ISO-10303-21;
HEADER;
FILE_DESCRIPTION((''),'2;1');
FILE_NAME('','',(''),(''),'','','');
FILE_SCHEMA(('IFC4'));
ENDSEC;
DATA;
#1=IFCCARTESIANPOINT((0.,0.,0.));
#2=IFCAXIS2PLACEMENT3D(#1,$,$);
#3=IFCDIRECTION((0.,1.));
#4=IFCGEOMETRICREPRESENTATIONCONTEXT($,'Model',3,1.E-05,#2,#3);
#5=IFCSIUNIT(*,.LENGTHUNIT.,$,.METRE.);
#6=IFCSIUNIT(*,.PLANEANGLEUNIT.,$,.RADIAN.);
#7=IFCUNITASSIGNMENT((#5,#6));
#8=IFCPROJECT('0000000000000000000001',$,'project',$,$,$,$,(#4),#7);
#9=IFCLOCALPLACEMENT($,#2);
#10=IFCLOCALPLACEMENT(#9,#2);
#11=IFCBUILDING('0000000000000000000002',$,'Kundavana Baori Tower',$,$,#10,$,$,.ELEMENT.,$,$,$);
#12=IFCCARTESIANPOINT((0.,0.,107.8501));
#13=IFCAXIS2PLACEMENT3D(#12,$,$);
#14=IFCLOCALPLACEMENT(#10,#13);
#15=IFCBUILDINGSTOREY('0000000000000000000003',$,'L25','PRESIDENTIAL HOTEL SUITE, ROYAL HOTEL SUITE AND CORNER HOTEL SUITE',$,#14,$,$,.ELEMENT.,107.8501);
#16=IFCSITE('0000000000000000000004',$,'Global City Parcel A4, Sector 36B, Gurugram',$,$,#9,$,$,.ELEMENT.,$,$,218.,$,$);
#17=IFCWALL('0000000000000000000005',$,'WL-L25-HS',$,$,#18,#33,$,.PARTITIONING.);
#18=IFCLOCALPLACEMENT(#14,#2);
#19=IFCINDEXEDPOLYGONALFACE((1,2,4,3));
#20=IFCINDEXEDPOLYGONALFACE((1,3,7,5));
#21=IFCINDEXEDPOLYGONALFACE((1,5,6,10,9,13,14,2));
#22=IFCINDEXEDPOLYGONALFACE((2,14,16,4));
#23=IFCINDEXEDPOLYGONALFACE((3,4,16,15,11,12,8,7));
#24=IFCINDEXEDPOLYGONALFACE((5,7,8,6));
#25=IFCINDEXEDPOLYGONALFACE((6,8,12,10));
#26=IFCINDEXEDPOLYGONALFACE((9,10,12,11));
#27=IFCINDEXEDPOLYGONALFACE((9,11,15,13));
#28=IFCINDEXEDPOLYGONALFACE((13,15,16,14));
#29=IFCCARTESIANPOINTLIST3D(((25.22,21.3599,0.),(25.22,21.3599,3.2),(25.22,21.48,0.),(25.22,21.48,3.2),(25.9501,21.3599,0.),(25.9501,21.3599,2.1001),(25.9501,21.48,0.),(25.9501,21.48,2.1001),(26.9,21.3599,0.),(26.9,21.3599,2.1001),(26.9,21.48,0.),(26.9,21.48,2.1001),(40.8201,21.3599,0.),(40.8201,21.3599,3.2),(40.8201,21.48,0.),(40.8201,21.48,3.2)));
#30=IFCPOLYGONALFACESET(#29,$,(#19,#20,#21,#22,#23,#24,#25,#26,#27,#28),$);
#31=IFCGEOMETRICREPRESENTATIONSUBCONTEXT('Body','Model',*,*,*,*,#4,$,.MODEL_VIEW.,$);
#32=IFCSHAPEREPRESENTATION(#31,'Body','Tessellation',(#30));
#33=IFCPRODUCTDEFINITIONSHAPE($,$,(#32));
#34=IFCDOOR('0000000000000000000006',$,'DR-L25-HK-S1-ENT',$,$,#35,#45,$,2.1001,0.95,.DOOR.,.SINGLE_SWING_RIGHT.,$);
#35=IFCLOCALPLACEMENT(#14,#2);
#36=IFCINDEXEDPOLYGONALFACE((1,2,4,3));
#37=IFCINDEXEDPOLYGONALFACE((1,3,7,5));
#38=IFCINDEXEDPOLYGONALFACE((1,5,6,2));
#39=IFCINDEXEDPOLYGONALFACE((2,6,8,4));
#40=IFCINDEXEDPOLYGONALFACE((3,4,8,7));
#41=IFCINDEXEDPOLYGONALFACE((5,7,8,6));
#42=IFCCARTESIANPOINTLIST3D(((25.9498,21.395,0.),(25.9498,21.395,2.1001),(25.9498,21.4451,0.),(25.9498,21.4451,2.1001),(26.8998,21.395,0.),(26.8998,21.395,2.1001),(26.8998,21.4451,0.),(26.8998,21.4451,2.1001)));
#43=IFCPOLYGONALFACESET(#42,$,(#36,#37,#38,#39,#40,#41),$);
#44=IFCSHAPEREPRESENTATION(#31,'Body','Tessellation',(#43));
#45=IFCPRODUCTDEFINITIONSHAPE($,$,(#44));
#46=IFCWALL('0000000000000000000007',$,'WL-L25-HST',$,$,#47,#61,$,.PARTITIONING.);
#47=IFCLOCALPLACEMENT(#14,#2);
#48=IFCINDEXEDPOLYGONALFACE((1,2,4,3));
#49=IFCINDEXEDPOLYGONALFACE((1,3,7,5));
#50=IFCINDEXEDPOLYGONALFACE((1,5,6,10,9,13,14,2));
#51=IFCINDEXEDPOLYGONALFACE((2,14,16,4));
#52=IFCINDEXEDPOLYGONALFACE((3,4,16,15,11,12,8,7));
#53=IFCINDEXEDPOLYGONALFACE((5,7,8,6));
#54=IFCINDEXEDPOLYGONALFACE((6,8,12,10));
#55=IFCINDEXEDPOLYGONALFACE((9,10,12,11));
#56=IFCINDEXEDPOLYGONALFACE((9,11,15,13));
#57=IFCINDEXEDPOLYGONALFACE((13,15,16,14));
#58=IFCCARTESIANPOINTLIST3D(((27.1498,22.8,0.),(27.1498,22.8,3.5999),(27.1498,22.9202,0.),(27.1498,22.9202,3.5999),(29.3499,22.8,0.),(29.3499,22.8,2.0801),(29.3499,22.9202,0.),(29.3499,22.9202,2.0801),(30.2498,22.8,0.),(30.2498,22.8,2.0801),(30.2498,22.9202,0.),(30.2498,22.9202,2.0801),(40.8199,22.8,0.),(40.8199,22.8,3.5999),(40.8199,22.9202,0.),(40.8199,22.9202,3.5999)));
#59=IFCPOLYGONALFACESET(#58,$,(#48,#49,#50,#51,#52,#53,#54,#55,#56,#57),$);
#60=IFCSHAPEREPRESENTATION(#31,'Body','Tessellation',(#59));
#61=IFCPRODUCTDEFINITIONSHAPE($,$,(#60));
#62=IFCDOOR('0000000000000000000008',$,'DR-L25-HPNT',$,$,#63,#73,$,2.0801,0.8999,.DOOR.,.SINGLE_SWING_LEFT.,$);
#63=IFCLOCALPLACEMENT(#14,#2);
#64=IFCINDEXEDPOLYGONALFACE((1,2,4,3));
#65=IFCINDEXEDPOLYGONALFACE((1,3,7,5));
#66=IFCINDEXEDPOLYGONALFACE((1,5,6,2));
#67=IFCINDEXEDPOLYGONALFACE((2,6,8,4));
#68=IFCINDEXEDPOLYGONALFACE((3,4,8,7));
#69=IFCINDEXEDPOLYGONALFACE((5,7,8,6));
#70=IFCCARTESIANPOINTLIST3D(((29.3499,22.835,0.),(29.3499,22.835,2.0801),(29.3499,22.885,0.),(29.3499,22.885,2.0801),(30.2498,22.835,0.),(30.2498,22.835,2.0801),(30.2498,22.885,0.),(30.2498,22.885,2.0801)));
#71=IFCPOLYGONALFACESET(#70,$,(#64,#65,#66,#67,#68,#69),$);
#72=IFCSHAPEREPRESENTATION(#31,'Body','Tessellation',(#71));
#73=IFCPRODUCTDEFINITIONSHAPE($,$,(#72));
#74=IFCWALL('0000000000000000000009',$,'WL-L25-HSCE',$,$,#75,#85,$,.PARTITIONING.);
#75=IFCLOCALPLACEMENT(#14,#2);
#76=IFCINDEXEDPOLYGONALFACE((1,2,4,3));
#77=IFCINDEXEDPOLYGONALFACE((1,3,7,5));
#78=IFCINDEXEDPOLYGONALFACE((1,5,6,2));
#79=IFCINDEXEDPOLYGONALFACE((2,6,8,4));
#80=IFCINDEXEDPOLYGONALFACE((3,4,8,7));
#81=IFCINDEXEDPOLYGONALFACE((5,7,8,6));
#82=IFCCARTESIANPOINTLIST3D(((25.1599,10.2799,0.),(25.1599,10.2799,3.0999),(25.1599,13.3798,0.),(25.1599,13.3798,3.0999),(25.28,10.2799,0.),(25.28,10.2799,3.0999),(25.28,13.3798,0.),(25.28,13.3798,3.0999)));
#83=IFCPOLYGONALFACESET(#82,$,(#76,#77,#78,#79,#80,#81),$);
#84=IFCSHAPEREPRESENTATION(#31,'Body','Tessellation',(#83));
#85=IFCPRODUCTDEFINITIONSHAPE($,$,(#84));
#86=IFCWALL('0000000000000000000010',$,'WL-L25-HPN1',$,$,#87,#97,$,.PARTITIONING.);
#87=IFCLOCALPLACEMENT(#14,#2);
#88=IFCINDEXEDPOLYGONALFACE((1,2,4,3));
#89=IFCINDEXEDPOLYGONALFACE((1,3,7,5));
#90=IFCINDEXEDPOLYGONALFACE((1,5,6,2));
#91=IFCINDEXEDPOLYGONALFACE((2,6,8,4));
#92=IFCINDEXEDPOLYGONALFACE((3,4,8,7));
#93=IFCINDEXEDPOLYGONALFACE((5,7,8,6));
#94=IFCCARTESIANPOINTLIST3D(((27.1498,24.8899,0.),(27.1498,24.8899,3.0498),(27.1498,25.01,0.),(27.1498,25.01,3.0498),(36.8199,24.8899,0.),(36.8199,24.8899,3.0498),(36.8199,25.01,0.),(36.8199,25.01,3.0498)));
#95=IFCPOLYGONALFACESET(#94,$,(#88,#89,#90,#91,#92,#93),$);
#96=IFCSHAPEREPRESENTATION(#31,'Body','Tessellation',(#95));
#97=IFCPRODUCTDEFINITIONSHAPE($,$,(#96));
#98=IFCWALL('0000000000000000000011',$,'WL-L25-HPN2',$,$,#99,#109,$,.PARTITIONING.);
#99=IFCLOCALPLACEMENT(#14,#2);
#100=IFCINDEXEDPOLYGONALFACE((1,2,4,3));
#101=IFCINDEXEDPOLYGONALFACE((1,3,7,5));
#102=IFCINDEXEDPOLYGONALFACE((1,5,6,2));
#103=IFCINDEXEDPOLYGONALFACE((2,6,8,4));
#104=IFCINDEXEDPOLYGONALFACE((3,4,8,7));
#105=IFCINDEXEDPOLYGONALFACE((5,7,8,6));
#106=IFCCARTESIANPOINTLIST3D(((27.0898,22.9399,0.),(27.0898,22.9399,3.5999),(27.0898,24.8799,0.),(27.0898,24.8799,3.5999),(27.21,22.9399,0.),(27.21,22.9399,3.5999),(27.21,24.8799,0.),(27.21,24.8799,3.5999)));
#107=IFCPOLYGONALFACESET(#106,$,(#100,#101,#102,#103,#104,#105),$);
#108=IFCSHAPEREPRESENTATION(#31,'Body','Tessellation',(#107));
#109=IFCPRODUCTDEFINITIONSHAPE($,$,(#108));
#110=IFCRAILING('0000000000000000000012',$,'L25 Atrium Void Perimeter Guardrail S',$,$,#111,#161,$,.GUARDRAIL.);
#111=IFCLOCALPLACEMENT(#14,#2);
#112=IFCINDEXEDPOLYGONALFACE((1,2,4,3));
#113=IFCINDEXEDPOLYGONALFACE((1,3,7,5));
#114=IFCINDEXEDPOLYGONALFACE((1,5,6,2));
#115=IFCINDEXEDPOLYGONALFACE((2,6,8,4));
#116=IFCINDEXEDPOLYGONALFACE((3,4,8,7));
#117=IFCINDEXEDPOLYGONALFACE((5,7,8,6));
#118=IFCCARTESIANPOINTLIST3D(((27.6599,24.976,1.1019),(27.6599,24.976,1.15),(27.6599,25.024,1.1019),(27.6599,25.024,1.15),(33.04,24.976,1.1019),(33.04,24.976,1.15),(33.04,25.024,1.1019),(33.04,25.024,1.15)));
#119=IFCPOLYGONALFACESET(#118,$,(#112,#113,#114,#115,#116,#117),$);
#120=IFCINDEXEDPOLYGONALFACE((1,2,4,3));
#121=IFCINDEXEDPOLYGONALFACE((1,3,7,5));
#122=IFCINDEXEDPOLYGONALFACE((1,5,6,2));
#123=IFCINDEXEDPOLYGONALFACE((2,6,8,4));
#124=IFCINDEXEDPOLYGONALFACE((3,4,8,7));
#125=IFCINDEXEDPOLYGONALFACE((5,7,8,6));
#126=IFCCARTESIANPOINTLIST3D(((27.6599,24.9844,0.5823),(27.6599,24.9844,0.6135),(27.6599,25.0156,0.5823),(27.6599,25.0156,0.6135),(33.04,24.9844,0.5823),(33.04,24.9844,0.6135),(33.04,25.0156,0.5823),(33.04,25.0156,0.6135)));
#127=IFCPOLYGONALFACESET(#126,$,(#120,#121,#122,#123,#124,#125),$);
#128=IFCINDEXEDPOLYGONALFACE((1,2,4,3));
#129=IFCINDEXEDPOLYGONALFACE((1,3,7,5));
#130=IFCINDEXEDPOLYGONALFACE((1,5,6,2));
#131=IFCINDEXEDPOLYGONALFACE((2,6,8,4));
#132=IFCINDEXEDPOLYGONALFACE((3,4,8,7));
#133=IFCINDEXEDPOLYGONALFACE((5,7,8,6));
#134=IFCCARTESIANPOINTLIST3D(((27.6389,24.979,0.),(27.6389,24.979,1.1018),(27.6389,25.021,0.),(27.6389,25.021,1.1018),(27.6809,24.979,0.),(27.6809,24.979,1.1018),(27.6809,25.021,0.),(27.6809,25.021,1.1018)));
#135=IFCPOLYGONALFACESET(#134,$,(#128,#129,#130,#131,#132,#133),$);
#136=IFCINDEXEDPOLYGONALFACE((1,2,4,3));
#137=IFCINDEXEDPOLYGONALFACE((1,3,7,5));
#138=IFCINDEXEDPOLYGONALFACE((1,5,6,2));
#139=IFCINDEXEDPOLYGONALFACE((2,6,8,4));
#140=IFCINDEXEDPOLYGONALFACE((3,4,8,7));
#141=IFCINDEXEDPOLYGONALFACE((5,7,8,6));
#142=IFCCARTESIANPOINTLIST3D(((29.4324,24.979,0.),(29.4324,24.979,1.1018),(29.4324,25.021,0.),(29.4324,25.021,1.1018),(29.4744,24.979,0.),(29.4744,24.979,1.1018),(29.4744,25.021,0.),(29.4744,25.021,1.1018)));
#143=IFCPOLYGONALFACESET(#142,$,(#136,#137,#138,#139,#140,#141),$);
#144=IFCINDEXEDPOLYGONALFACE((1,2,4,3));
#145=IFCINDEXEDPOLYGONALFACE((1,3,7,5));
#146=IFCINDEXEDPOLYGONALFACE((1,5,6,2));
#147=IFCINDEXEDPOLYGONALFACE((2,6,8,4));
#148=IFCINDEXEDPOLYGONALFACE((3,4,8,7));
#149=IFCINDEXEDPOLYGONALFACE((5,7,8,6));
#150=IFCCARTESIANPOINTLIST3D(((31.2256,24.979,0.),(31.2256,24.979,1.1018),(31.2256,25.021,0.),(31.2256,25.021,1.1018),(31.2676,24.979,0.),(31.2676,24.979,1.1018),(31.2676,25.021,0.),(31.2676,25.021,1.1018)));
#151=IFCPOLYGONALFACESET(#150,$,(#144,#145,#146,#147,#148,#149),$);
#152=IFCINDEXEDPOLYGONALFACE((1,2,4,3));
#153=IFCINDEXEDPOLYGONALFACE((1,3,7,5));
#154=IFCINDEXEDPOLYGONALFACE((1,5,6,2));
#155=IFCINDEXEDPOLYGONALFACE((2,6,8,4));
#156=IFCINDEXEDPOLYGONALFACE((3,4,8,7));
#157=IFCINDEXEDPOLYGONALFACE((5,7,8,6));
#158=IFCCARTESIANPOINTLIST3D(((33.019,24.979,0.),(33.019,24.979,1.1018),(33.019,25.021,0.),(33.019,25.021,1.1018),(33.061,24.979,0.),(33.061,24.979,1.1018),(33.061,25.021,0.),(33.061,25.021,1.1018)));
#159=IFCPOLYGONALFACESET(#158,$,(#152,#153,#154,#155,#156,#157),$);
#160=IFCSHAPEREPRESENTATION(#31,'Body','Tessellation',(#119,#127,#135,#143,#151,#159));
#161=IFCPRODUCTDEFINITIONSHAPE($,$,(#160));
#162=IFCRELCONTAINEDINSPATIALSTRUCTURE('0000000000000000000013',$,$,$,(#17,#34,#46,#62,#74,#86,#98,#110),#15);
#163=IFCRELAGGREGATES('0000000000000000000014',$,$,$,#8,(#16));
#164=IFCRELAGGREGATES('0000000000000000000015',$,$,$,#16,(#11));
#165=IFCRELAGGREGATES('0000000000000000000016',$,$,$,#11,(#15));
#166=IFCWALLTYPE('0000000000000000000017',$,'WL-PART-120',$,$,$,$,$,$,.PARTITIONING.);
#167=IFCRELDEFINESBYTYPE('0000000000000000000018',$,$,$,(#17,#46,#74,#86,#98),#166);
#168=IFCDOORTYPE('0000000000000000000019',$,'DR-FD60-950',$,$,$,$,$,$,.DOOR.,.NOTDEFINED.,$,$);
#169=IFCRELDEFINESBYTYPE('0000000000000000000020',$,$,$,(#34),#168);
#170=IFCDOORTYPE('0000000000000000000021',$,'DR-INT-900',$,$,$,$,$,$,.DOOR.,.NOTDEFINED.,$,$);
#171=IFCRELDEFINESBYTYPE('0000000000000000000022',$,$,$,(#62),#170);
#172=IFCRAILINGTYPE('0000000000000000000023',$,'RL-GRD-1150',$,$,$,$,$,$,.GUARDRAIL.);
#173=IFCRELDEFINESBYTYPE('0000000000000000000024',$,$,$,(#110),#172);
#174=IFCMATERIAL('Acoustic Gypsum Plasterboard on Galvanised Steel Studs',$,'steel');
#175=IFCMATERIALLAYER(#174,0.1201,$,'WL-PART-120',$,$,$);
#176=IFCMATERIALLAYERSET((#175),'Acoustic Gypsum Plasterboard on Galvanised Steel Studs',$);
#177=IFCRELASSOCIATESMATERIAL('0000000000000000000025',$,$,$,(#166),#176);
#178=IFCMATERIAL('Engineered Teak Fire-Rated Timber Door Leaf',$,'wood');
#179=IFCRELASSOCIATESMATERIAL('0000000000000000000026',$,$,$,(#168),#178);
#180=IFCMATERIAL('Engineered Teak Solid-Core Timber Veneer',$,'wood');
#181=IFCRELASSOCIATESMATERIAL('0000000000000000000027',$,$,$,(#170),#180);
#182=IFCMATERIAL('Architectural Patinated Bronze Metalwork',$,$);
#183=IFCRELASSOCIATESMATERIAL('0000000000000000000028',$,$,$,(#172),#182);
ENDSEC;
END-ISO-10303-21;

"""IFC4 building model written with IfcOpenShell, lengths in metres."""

from ifc_helpers import new_model, si_unit, direction, frame, frame_2d, origin, origin_2d, place, context, subcontext, project, spatial, rectangle, extrude, material, layer, layer_set, type_object, element, fill, save


model = new_model("IFC4")

# Units and contexts
model_context = context("Model", 3, precision=1e-05, world=origin(), true_north=direction((0.0, 1.0)))
body_context = subcontext(model_context, "Body", "Model", "MODEL_VIEW")
ifc_project = project(units=[si_unit("LENGTHUNIT", "METRE"), si_unit("PLANEANGLEUNIT", "RADIAN")], contexts=[model_context])

# Site, building, storey
site_placement = place(None, origin())
site = spatial("IfcSite", under=ifc_project, at=site_placement, Name="Global City Parcel A4, Sector 36B, Gurugram", CompositionType="ELEMENT", RefElevation=218.0)
building_placement = place(site_placement, origin())
building = spatial("IfcBuilding", under=site, at=building_placement, Name="Kundavana Baori Tower", CompositionType="ELEMENT")
storey_placement = place(building_placement, frame((0.0, 0.0, 107.8501)))
storey = spatial("IfcBuildingStorey", under=building, at=storey_placement, Name="L25", Description="PRESIDENTIAL HOTEL SUITE, ROYAL HOTEL SUITE AND CORNER HOTEL SUITE", CompositionType="ELEMENT", Elevation=107.8501)

# Walls, openings, doors
ifc_material_1 = material(Name="Acoustic Gypsum Plasterboard on Galvanised Steel Studs", Category="steel")
ifc_layer = layer(ifc_material_1, 0.1201, Name="WL-PART-120")
ifc_layer_set = layer_set([ifc_layer], Name="Acoustic Gypsum Plasterboard on Galvanised Steel Studs")
wall_type = type_object("IfcWallType", Name="WL-PART-120", PredefinedType="PARTITIONING", material=ifc_layer_set)
wall_1_placement = place(storey_placement, frame((25.22, 21.4199, 0.0), z_axis=(0.0, 0.0, 1.0), x_axis=(1.0, 0.0, 0.0)))
wall_1 = element("IfcWall", 1, at=wall_1_placement, inside=storey, type_object=wall_type, Name="WL-L25-HS", PredefinedType="PARTITIONING", context=body_context, shape_type="SweptSolid", body=[
    extrude(rectangle(XDim=15.6001, YDim=0.1201, at=frame_2d((7.8, 0.0))), origin(), (0.0, 0.0, 1.0), 3.2),
])
opening_1_placement = place(wall_1_placement, frame((0.73, 0.0, 0.0)))
opening_1 = element("IfcOpeningElement", 2, at=opening_1_placement, cuts=wall_1, PredefinedType="OPENING", context=body_context, shape_type="SweptSolid", body=[
    extrude(rectangle(XDim=0.95, YDim=2.1001, at=frame_2d((0.4751, 1.05))), frame((0.0, 0.0701, 0.0), z_axis=(0.0, -1.0, 0.0), x_axis=(1.0, 0.0, 0.0)), (0.0, 0.0, 1.0), 0.1401),
])
ifc_material_2 = material(Name="Engineered Teak Fire-Rated Timber Door Leaf", Category="wood")
door_type_1 = type_object("IfcDoorType", Name="DR-FD60-950", OperationType="NOTDEFINED", PredefinedType="DOOR", material=ifc_material_2)
door_1_placement = place(opening_1_placement, frame((0.95, 0.0, 0.0), z_axis=(0.0, 0.0, 1.0), x_axis=(-1.0, 0.0, 0.0)))
door_1 = element("IfcDoor", 3, at=door_1_placement, inside=storey, type_object=door_type_1, Name="DR-L25-HK-S1-ENT", OperationType="SINGLE_SWING_RIGHT", OverallHeight=2.1001, OverallWidth=0.95, PredefinedType="DOOR", context=body_context, shape_type="SweptSolid", body=[
    extrude(rectangle(XDim=0.95, YDim=2.1001, at=frame_2d((0.4751, 1.05))), frame((0.0, 0.0249, 0.0), z_axis=(0.0, -1.0, 0.0), x_axis=(1.0, 0.0, 0.0)), (0.0, 0.0, 1.0), 0.05),
])
fill(opening_1, door_1)
wall_2_placement = place(storey_placement, frame((27.1499, 22.8601, 0.0), z_axis=(0.0, 0.0, 1.0), x_axis=(1.0, 0.0, 0.0)))
wall_2 = element("IfcWall", 4, at=wall_2_placement, inside=storey, type_object=wall_type, Name="WL-L25-HST", PredefinedType="PARTITIONING", context=body_context, shape_type="SweptSolid", body=[
    extrude(rectangle(XDim=13.6702, YDim=0.1201, at=frame_2d((6.835, 0.0))), origin(), (0.0, 0.0, 1.0), 3.5999),
])
opening_2_placement = place(wall_2_placement, frame((2.2, 0.0, 0.0)))
opening_2 = element("IfcOpeningElement", 5, at=opening_2_placement, cuts=wall_2, PredefinedType="OPENING", context=body_context, shape_type="SweptSolid", body=[
    extrude(rectangle(XDim=0.8999, YDim=2.0801, at=frame_2d((0.45, 1.04))), frame((0.0, 0.0701, 0.0), z_axis=(0.0, -1.0, 0.0), x_axis=(1.0, 0.0, 0.0)), (0.0, 0.0, 1.0), 0.1401),
])
ifc_material_3 = material(Name="Engineered Teak Solid-Core Timber Veneer", Category="wood")
door_type_2 = type_object("IfcDoorType", Name="DR-INT-900", OperationType="NOTDEFINED", PredefinedType="DOOR", material=ifc_material_3)
door_2_placement = place(opening_2_placement, origin())
door_2 = element("IfcDoor", 6, at=door_2_placement, inside=storey, type_object=door_type_2, Name="DR-L25-HPNT", OperationType="SINGLE_SWING_LEFT", OverallHeight=2.0801, OverallWidth=0.8999, PredefinedType="DOOR", context=body_context, shape_type="SweptSolid", body=[
    extrude(rectangle(XDim=0.8999, YDim=2.0801, at=frame_2d((0.45, 1.04))), frame((0.0, 0.0249, 0.0), z_axis=(0.0, -1.0, 0.0), x_axis=(1.0, 0.0, 0.0)), (0.0, 0.0, 1.0), 0.05),
])
fill(opening_2, door_2)

# Walls
wall_3_placement = place(storey_placement, frame((25.22, 10.28, 0.0), z_axis=(0.0, 0.0, 1.0), x_axis=(0.0, 1.0, 0.0)))
element("IfcWall", 7, at=wall_3_placement, inside=storey, type_object=wall_type, Name="WL-L25-HSCE", PredefinedType="PARTITIONING", context=body_context, shape_type="SweptSolid", body=[
    extrude(rectangle(XDim=3.0999, YDim=0.1201, at=frame_2d((1.5498, 0.0))), origin(), (0.0, 0.0, 1.0), 3.0999),
])
wall_4_placement = place(storey_placement, frame((27.1499, 24.95, 0.0), z_axis=(0.0, 0.0, 1.0), x_axis=(1.0, 0.0, 0.0)))
element("IfcWall", 8, at=wall_4_placement, inside=storey, type_object=wall_type, Name="WL-L25-HPN1", PredefinedType="PARTITIONING", context=body_context, shape_type="SweptSolid", body=[
    extrude(rectangle(XDim=9.6702, YDim=0.1201, at=frame_2d((4.835, 0.0))), origin(), (0.0, 0.0, 1.0), 3.0498),
])
wall_5_placement = place(storey_placement, frame((27.1499, 22.9399, 0.0), z_axis=(0.0, 0.0, 1.0), x_axis=(0.0, 1.0, 0.0)))
element("IfcWall", 9, at=wall_5_placement, inside=storey, type_object=wall_type, Name="WL-L25-HPN2", PredefinedType="PARTITIONING", context=body_context, shape_type="SweptSolid", body=[
    extrude(rectangle(XDim=1.9399, YDim=0.1201, at=frame_2d((0.97, 0.0))), origin(), (0.0, 0.0, 1.0), 3.5999),
])

# Railing
ifc_material_4 = material(Name="Architectural Patinated Bronze Metalwork")
railing_type = type_object("IfcRailingType", Name="RL-GRD-1150", PredefinedType="GUARDRAIL", material=ifc_material_4)
railing_1_placement = place(storey_placement, frame((27.6599, 25.0, 0.0)))
element("IfcRailing", 10, at=railing_1_placement, inside=storey, type_object=railing_type, Name="L25 Atrium Void Perimeter Guardrail S", PredefinedType="GUARDRAIL", context=body_context, shape_type="SweptSolid", body=[
    extrude(rectangle(XDim=0.0481, YDim=0.0481, at=origin_2d()), frame((0.0, 0.0, 1.126), z_axis=(1.0, 0.0, 0.0), x_axis=(0.0, 1.0, 0.0)), (0.0, 0.0, 1.0), 5.3801),
    extrude(rectangle(XDim=0.0312, YDim=0.0312, at=origin_2d()), frame((0.0, 0.0, 0.5979), z_axis=(1.0, 0.0, 0.0), x_axis=(0.0, 1.0, 0.0)), (0.0, 0.0, 1.0), 5.3801),
    extrude(rectangle(XDim=0.042, YDim=0.042, at=origin_2d()), origin(), (0.0, 0.0, 1.0), 1.1018),
    extrude(rectangle(XDim=0.042, YDim=0.042, at=origin_2d()), frame((1.7935, 0.0, 0.0)), (0.0, 0.0, 1.0), 1.1018),
    extrude(rectangle(XDim=0.042, YDim=0.042, at=origin_2d()), frame((3.5867, 0.0, 0.0)), (0.0, 0.0, 1.0), 1.1018),
    extrude(rectangle(XDim=0.042, YDim=0.042, at=origin_2d()), frame((5.3801, 0.0, 0.0)), (0.0, 0.0, 1.0), 1.1018),
])

save(model, "model.ifc")
